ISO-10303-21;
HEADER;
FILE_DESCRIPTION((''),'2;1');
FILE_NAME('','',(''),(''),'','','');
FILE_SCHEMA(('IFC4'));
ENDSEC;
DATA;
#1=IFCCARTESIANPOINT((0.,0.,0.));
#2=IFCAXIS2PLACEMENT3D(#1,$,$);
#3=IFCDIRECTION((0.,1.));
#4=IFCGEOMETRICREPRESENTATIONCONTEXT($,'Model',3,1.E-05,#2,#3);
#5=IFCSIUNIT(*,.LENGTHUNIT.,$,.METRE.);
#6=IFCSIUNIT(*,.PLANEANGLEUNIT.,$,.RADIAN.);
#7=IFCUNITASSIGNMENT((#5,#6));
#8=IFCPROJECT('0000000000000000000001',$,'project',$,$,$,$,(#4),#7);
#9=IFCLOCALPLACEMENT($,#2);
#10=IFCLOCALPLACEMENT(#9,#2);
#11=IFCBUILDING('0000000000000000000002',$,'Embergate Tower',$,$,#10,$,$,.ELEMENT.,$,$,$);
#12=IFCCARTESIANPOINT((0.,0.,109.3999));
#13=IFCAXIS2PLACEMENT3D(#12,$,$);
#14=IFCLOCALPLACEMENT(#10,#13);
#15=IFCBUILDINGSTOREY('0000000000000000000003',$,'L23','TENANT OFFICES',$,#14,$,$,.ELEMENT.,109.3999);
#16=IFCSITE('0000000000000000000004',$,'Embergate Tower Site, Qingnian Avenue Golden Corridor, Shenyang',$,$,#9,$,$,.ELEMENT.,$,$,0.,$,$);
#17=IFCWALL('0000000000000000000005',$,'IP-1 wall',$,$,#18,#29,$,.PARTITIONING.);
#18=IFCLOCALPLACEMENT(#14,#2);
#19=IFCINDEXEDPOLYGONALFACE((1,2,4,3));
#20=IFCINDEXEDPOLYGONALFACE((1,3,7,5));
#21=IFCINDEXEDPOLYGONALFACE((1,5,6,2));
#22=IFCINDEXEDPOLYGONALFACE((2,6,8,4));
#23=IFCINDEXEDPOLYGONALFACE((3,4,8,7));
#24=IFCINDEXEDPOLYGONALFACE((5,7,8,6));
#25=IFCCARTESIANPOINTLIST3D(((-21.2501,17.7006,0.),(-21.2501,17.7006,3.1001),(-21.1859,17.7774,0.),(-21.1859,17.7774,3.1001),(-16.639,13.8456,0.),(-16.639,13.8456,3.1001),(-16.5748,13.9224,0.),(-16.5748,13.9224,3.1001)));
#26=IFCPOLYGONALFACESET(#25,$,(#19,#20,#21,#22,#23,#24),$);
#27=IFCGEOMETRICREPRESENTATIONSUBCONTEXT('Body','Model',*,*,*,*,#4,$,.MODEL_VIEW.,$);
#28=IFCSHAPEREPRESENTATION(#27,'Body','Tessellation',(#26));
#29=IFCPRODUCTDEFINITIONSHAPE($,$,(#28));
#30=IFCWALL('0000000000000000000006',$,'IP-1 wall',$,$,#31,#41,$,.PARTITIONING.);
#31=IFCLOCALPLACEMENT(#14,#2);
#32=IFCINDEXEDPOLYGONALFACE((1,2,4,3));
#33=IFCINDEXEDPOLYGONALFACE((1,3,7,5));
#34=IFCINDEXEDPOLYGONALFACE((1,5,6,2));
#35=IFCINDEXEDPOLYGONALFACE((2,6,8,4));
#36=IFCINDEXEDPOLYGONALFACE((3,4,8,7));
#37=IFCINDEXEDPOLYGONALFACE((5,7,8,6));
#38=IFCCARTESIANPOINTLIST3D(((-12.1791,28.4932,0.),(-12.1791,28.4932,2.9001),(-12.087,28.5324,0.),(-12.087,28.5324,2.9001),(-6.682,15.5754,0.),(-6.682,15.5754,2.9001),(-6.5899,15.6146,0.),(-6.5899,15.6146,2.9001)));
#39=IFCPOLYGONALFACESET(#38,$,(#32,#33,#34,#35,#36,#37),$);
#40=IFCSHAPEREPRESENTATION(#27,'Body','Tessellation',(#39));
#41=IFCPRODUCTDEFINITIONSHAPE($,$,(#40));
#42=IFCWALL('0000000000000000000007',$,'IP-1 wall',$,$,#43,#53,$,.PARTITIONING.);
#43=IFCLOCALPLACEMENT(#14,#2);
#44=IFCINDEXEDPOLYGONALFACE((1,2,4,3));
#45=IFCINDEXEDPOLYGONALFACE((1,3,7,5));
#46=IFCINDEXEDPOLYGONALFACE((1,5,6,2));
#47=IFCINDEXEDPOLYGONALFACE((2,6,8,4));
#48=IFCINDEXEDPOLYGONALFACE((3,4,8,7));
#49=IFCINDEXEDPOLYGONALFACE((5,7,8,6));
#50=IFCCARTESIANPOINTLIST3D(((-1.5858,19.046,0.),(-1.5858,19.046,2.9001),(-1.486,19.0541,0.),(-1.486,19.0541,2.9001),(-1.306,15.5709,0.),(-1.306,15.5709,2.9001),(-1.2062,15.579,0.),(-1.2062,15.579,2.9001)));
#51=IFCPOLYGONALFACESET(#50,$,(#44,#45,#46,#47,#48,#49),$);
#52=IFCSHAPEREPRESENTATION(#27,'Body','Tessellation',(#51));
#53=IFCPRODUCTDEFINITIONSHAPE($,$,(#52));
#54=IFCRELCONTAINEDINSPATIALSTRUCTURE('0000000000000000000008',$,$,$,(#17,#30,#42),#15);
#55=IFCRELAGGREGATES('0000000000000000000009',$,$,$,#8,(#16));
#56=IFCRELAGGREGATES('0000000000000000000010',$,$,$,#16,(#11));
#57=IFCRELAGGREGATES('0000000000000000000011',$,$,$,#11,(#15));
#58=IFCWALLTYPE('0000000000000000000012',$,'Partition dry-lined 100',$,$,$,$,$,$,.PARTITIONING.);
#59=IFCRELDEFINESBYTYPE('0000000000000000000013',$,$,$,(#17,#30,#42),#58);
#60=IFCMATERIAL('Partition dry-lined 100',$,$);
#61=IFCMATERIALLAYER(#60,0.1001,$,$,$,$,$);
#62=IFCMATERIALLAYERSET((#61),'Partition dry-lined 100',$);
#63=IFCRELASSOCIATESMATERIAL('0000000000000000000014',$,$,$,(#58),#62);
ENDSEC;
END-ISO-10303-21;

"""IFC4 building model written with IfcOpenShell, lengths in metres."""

from ifc_helpers import new_model, si_unit, direction, frame, frame_2d, origin, place, context, subcontext, project, spatial, rectangle, extrude, source, transform, mapped, material, layer, layer_set, type_object, element, save


model = new_model("IFC4")

# Units and contexts
model_context = context("Model", 3, precision=1e-05, world=origin(), true_north=direction((0.0, 1.0)))
body_context = subcontext(model_context, "Body", "Model", "MODEL_VIEW")
ifc_project = project(units=[si_unit("LENGTHUNIT", "METRE"), si_unit("PLANEANGLEUNIT", "RADIAN")], contexts=[model_context])

# Site, building, storey
site_placement = place(None, origin())
site = spatial("IfcSite", under=ifc_project, at=site_placement, Name="Embergate Tower Site, Qingnian Avenue Golden Corridor, Shenyang", CompositionType="ELEMENT", RefElevation=0.0)
building_placement = place(site_placement, origin())
building = spatial("IfcBuilding", under=site, at=building_placement, Name="Embergate Tower", CompositionType="ELEMENT")
storey_placement = place(building_placement, frame((0.0, 0.0, 109.3999)))
storey = spatial("IfcBuildingStorey", under=building, at=storey_placement, Name="L23", Description="TENANT OFFICES", CompositionType="ELEMENT", Elevation=109.3999)

# Shared definitions
ifc_material_1 = material(Name="Partition dry-lined 100")
ifc_layer_1 = layer(ifc_material_1, 0.1001)
ifc_layer_set_1 = layer_set([ifc_layer_1], Name="Partition dry-lined 100")
wall_type_1 = type_object("IfcWallType", Name="Partition dry-lined 100", PredefinedType="PARTITIONING", material=ifc_layer_set_1)

# Walls
shared_shape_1 = source(origin(), body_context, "Body", "SweptSolid", [
    extrude(rectangle(XDim=6.0103, YDim=0.1001, at=frame_2d((3.0051, 0.0))), origin(), (0.0, 0.0, 1.0), 3.1001),
])
wall_1_placement = place(storey_placement, frame((-16.6069, 13.884, 0.0), z_axis=(0.0, 0.0, 1.0), x_axis=(-0.767205, 0.641402, 0.0)))
element("IfcWall", 1, at=wall_1_placement, inside=storey, type_object=wall_type_1, Name="IP-1 wall", PredefinedType="PARTITIONING", context=body_context, shape_type="MappedRepresentation", body=[
    mapped(shared_shape_1, transform((0.0, 0.0, 0.0))),
])
shared_shape_2 = source(origin(), body_context, "Body", "SweptSolid", [
    extrude(rectangle(XDim=14.0388, YDim=0.1001, at=frame_2d((7.0195, 0.0))), origin(), (0.0, 0.0, 1.0), 2.9001),
])
wall_2_placement = place(storey_placement, frame((-12.1331, 28.5129, 0.0), z_axis=(0.0, 0.0, 1.0), x_axis=(0.391559, -0.920153, 0.0)))
element("IfcWall", 2, at=wall_2_placement, inside=storey, type_object=wall_type_1, Name="IP-1 wall", PredefinedType="PARTITIONING", context=body_context, shape_type="MappedRepresentation", body=[
    mapped(shared_shape_2, transform((0.0, 0.0, 0.0))),
])
shared_shape_3 = source(origin(), body_context, "Body", "SweptSolid", [
    extrude(rectangle(XDim=3.4863, YDim=0.1001, at=frame_2d((1.7432, 0.0))), origin(), (0.0, 0.0, 1.0), 2.9001),
])
wall_3_placement = place(storey_placement, frame((-1.2561, 15.575, 0.0), z_axis=(0.0, 0.0, 1.0), x_axis=(-0.080252, 0.996775, 0.0)))
element("IfcWall", 3, at=wall_3_placement, inside=storey, type_object=wall_type_1, Name="IP-1 wall", PredefinedType="PARTITIONING", context=body_context, shape_type="MappedRepresentation", body=[
    mapped(shared_shape_3, transform((0.0, 0.0, 0.0))),
])

save(model, "model.ifc")
